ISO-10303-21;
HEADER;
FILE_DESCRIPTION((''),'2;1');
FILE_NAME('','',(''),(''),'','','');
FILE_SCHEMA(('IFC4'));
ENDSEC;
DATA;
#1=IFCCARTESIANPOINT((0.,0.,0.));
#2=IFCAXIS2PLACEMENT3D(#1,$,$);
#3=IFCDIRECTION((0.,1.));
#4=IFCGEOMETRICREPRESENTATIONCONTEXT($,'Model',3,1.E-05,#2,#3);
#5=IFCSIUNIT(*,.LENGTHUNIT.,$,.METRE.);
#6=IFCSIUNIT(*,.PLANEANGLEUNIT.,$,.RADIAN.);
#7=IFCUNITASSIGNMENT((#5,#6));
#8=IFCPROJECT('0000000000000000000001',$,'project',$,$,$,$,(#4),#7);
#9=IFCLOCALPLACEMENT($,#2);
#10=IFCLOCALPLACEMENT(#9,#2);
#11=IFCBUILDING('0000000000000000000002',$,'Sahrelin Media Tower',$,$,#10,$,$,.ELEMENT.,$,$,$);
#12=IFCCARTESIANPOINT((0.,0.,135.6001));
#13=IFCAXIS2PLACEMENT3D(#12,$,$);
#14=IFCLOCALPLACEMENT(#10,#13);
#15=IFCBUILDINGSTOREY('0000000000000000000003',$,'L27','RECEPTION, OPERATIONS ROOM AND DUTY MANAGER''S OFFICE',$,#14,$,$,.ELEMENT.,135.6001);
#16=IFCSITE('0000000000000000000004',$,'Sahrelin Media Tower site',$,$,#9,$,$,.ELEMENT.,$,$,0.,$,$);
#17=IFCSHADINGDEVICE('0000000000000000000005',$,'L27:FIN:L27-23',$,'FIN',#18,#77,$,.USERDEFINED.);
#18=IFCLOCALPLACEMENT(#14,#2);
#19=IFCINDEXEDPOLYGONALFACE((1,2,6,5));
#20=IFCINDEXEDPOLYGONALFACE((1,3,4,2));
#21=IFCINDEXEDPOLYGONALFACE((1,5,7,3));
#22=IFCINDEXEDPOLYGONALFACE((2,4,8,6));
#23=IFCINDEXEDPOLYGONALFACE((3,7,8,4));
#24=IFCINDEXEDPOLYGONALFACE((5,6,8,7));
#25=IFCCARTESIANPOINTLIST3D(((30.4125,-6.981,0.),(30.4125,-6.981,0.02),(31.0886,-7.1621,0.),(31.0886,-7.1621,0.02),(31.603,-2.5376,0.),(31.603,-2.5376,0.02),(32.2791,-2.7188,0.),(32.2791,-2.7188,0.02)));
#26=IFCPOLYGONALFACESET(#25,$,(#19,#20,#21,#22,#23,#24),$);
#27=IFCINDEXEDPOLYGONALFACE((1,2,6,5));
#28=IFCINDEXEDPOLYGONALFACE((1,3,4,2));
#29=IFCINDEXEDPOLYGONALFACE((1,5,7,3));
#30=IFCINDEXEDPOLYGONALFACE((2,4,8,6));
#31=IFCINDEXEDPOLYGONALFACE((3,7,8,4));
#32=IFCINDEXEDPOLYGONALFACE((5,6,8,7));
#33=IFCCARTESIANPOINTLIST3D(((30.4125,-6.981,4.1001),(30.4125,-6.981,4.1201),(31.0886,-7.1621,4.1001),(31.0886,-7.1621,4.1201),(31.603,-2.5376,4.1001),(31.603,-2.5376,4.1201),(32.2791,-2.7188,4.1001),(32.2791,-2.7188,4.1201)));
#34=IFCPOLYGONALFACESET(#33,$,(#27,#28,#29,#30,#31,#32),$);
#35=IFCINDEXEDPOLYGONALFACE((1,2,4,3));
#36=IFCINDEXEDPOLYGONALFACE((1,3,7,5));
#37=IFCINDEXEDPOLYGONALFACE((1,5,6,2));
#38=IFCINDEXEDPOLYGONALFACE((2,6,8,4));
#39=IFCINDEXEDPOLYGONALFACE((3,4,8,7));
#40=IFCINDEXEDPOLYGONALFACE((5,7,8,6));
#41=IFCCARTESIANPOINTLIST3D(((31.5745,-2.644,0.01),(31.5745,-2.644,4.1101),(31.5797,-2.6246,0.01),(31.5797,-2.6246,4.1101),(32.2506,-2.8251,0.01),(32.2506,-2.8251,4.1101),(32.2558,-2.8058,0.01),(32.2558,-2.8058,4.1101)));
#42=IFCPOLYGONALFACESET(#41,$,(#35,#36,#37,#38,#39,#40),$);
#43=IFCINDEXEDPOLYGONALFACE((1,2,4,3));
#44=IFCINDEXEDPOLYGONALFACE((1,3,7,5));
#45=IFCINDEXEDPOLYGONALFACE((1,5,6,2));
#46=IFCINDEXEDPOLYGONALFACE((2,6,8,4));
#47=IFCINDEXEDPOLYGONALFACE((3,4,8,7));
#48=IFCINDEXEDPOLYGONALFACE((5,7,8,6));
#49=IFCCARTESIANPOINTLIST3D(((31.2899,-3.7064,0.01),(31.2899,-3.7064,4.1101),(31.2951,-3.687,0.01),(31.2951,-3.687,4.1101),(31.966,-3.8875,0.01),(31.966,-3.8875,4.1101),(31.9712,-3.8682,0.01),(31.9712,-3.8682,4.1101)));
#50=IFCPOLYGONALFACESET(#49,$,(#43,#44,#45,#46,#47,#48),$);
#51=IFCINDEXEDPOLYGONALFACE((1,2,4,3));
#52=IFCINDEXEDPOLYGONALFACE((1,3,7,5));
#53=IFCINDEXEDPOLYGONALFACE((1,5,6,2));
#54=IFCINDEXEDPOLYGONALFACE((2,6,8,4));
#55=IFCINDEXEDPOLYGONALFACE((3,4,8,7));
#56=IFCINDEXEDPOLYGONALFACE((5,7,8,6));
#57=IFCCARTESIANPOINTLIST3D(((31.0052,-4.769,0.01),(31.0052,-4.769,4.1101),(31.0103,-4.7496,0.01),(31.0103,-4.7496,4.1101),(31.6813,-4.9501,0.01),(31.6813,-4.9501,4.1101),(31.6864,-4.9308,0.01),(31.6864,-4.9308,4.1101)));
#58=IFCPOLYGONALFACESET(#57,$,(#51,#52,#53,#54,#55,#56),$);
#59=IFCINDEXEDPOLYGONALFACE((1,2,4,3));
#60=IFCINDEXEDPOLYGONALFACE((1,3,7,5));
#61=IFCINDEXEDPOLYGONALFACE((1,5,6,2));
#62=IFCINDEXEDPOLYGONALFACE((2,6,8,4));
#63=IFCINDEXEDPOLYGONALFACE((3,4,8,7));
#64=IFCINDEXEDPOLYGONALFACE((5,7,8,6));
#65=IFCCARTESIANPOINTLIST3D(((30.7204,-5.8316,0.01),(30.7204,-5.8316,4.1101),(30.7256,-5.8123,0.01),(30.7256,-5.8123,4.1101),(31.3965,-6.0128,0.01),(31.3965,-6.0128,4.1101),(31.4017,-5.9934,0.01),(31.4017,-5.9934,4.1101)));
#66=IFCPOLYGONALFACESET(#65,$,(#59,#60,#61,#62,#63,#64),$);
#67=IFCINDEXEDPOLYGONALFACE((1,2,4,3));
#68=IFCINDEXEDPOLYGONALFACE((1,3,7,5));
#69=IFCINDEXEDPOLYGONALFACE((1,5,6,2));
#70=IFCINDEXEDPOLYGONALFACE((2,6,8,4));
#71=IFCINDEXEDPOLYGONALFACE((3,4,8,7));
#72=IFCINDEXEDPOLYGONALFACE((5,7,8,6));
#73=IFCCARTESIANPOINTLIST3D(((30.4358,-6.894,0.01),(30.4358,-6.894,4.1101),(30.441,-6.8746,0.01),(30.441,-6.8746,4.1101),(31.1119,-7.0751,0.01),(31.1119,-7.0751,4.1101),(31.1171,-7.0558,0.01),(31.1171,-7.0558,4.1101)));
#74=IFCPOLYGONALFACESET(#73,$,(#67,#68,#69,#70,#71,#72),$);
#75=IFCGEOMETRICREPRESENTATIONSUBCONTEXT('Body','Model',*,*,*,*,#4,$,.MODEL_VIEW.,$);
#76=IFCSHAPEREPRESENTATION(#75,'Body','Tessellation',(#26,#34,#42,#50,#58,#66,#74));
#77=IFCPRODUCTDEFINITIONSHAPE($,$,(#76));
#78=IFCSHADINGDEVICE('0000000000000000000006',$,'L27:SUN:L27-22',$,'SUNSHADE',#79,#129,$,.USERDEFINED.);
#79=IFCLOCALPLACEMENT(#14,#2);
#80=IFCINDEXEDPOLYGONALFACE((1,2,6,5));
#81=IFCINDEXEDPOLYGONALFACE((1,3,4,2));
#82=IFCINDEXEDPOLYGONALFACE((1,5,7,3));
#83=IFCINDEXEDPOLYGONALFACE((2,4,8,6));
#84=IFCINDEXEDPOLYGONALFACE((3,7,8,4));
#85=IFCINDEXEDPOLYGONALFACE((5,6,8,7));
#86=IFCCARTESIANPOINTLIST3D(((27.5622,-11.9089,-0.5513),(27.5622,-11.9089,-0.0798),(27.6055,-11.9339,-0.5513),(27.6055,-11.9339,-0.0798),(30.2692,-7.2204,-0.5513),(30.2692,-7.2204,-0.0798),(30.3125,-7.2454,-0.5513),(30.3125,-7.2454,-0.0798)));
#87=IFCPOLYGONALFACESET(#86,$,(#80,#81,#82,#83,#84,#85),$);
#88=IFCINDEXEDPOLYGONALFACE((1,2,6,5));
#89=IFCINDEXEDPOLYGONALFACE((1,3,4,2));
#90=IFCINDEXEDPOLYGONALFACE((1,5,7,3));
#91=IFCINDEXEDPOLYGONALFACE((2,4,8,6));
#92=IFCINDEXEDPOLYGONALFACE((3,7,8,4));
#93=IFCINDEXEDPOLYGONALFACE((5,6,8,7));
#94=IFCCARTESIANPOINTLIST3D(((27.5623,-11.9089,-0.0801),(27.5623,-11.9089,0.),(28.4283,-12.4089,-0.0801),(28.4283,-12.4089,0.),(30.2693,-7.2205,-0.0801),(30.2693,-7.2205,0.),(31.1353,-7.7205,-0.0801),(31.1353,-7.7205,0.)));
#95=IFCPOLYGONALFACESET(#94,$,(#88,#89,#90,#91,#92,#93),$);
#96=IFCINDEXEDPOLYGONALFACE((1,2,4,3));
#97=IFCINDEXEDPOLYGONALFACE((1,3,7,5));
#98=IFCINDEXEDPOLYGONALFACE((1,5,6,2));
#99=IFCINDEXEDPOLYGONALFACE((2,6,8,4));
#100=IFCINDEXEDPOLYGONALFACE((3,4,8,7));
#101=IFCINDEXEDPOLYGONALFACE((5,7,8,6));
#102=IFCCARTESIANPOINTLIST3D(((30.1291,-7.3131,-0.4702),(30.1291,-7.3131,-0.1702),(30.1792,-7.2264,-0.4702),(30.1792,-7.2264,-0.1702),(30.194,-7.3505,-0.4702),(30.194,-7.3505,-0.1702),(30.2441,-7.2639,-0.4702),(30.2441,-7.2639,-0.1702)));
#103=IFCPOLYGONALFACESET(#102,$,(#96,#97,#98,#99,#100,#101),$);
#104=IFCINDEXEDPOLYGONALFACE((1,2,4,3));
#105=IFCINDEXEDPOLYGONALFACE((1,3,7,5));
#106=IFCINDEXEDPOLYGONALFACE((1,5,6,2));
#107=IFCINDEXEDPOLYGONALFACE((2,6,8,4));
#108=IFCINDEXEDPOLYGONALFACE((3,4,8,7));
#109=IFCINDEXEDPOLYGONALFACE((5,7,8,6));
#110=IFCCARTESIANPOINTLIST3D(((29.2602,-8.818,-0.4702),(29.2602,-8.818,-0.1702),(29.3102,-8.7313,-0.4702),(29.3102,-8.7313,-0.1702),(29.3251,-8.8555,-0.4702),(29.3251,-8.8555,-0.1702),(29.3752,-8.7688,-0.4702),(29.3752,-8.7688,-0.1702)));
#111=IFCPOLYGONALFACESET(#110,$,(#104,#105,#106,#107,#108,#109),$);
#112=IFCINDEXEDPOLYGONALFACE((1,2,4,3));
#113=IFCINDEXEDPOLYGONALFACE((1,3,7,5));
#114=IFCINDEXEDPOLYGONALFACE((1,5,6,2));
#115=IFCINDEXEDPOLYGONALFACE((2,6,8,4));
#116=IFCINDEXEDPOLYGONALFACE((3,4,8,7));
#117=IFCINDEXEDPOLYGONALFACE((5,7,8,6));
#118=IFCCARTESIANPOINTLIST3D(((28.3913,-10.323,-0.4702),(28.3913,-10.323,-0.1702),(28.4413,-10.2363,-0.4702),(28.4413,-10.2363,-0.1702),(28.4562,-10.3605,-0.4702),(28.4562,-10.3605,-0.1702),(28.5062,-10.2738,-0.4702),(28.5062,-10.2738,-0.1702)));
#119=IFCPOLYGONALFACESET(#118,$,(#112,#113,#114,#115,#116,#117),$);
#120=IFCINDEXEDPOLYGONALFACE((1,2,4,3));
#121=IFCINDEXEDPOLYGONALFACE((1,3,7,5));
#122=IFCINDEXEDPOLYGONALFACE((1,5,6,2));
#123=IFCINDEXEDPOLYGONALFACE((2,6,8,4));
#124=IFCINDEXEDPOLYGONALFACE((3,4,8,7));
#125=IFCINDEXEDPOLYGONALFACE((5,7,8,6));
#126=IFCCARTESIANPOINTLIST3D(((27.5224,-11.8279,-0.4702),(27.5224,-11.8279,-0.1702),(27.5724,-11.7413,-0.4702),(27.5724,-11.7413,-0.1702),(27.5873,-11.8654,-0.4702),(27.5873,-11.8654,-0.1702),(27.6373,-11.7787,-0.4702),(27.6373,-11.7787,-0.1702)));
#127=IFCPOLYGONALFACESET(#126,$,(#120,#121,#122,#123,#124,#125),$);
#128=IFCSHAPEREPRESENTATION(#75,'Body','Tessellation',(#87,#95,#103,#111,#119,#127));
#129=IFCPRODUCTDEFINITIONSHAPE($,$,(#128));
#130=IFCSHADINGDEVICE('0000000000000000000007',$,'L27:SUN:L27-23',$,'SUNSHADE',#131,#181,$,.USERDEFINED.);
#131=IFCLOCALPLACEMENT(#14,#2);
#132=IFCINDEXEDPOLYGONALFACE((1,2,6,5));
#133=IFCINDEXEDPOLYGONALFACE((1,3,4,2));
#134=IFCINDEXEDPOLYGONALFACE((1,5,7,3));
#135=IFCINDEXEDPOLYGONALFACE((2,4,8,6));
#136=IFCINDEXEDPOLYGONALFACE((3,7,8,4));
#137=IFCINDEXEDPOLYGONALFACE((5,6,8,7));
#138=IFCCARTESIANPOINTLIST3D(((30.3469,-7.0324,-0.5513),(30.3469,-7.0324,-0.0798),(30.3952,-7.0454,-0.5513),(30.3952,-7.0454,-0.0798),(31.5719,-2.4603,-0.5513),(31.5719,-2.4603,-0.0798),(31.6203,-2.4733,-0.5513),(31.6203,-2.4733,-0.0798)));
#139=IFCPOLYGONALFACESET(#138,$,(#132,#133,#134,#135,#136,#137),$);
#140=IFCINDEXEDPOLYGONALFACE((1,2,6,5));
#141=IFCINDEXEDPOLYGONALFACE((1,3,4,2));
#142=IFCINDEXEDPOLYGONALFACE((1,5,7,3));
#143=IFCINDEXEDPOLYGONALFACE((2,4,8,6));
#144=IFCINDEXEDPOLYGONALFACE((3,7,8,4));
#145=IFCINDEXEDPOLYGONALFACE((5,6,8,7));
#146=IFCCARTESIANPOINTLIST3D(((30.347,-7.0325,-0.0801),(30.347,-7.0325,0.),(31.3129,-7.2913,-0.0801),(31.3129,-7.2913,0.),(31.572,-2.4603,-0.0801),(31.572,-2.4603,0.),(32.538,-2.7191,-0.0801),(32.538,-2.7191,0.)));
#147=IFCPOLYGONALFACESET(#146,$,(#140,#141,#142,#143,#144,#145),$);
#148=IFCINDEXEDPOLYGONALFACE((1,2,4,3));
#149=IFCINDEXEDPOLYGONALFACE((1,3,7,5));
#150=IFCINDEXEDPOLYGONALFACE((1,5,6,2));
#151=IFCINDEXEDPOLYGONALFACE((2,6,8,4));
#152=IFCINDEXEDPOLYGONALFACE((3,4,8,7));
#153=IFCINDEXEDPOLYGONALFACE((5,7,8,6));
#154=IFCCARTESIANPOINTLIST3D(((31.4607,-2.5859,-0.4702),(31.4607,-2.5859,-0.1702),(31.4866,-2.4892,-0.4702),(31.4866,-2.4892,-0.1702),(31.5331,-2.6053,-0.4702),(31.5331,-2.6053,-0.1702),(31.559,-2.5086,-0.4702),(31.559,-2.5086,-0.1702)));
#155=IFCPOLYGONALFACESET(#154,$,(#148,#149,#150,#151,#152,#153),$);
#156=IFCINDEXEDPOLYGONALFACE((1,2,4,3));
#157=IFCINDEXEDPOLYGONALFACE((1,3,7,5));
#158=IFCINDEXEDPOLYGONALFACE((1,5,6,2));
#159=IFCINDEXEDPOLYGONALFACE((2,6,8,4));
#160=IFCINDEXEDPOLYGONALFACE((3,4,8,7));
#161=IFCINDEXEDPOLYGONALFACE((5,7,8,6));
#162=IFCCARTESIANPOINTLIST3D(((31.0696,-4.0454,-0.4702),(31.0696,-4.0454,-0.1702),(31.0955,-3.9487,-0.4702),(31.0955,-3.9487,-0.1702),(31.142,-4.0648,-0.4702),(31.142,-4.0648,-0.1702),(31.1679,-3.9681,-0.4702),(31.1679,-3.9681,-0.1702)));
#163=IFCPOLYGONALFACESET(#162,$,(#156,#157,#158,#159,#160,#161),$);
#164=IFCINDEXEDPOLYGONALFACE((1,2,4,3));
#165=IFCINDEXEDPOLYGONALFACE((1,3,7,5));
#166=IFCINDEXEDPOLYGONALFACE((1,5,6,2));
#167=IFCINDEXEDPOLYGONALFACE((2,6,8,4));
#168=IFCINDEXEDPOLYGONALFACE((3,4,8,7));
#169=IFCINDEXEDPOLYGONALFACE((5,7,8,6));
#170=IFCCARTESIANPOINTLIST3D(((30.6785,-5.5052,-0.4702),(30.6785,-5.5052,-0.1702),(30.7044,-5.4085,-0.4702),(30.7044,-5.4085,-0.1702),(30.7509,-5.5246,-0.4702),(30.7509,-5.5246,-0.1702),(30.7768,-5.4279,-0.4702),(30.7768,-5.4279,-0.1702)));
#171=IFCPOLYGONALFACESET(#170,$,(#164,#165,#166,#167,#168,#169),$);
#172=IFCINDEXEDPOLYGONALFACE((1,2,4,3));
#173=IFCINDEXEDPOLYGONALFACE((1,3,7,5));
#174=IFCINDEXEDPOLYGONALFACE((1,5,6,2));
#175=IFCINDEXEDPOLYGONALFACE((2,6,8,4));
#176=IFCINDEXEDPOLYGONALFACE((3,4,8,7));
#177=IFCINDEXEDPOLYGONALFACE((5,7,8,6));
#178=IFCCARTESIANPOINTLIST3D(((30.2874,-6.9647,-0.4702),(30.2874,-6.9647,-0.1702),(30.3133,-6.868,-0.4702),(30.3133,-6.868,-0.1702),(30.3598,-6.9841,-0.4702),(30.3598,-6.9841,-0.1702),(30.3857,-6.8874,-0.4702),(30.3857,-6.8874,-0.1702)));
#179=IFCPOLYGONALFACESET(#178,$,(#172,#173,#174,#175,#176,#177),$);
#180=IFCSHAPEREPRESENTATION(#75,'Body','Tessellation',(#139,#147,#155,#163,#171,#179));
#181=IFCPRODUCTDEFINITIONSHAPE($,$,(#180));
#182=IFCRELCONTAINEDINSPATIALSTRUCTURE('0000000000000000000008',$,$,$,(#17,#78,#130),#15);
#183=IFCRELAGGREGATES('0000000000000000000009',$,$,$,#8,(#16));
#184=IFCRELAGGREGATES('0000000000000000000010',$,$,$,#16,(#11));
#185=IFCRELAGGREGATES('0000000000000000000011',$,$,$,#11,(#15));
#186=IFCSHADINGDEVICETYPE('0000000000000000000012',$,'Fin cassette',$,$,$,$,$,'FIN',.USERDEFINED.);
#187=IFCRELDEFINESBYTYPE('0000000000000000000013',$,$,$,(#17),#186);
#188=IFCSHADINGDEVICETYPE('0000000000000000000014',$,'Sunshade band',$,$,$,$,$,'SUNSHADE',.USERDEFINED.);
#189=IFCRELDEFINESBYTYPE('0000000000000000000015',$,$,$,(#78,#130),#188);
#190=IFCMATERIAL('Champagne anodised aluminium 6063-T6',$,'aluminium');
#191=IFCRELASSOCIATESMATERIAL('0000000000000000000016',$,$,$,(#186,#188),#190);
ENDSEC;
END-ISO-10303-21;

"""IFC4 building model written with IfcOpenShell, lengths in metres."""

from ifc_helpers import new_model, si_unit, direction, frame, origin, origin_2d, place, context, subcontext, project, spatial, rectangle, extrude, material, type_object, element, save


model = new_model("IFC4")

# Units and contexts
model_context = context("Model", 3, precision=1e-05, world=origin(), true_north=direction((0.0, 1.0)))
body_context = subcontext(model_context, "Body", "Model", "MODEL_VIEW")
ifc_project = project(units=[si_unit("LENGTHUNIT", "METRE"), si_unit("PLANEANGLEUNIT", "RADIAN")], contexts=[model_context])

# Site, building, storey
site_placement = place(None, origin())
site = spatial("IfcSite", under=ifc_project, at=site_placement, Name="Sahrelin Media Tower site", CompositionType="ELEMENT", RefElevation=0.0)
building_placement = place(site_placement, origin())
building = spatial("IfcBuilding", under=site, at=building_placement, Name="Sahrelin Media Tower", CompositionType="ELEMENT")
storey_placement = place(building_placement, frame((0.0, 0.0, 135.6001)))
storey = spatial("IfcBuildingStorey", under=building, at=storey_placement, Name="L27", Description="RECEPTION, OPERATIONS ROOM AND DUTY MANAGER'S OFFICE", CompositionType="ELEMENT", Elevation=135.6001)

# Shared definitions
ifc_material_1 = material(Name="Champagne anodised aluminium 6063-T6", Category="aluminium")

# Shading devices
shading_device_type_1 = type_object("IfcShadingDeviceType", Name="Fin cassette", ElementType="FIN", PredefinedType="USERDEFINED", material=ifc_material_1)
placement_1 = place(storey_placement, frame((28.8984, -9.5547, 0.0), z_axis=(0.0, 0.0, 1.0), x_axis=(-0.500011, -0.866019, 0.0)))
placement_2 = place(storey_placement, frame((30.9402, -4.7412, 0.0), z_axis=(0.0, 0.0, 1.0), x_axis=(-0.258808, -0.965929, 0.0)))
element("IfcShadingDevice", 1, at=placement_2, inside=storey, type_object=shading_device_type_1, Name="L27:FIN:L27-23", ObjectType="FIN", PredefinedType="USERDEFINED", context=body_context, shape_type="SweptSolid", body=[
    extrude(rectangle(XDim=4.6001, YDim=0.7, at=origin_2d()), frame((0.0, 0.4199, 0.0)), (0.0, 0.0, 1.0), 0.02),
    extrude(rectangle(XDim=4.6001, YDim=0.7, at=origin_2d()), frame((0.0, 0.4199, 4.1001)), (0.0, 0.0, 1.0), 0.02),
    extrude(rectangle(XDim=0.02, YDim=0.7, at=origin_2d()), frame((-2.2, 0.4199, 0.01), z_axis=(0.0, 0.0, 1.0), x_axis=(1.0, 0.0, 0.0)), (0.0, 0.0, 1.0), 4.1001),
    extrude(rectangle(XDim=0.02, YDim=0.7, at=origin_2d()), frame((-1.1001, 0.4199, 0.01), z_axis=(0.0, 0.0, 1.0), x_axis=(1.0, 0.0, 0.0)), (0.0, 0.0, 1.0), 4.1001),
    extrude(rectangle(XDim=0.02, YDim=0.7, at=origin_2d()), frame((0.0, 0.4199, 0.01), z_axis=(0.0, 0.0, 1.0), x_axis=(1.0, 0.0, 0.0)), (0.0, 0.0, 1.0), 4.1001),
    extrude(rectangle(XDim=0.02, YDim=0.7, at=origin_2d()), frame((1.1001, 0.4199, 0.01), z_axis=(0.0, 0.0, 1.0), x_axis=(1.0, 0.0, 0.0)), (0.0, 0.0, 1.0), 4.1001),
    extrude(rectangle(XDim=0.02, YDim=0.7, at=origin_2d()), frame((2.2, 0.4199, 0.01), z_axis=(0.0, 0.0, 1.0), x_axis=(1.0, 0.0, 0.0)), (0.0, 0.0, 1.0), 4.1001),
])
shading_device_type_2 = type_object("IfcShadingDeviceType", Name="Sunshade band", ElementType="SUNSHADE", PredefinedType="USERDEFINED", material=ifc_material_1)
element("IfcShadingDevice", 2, at=placement_1, inside=storey, type_object=shading_device_type_2, Name="L27:SUN:L27-22", ObjectType="SUNSHADE", PredefinedType="USERDEFINED", context=body_context, shape_type="SweptSolid", body=[
    extrude(rectangle(XDim=5.4138, YDim=0.05, at=origin_2d()), frame((0.0, 0.0449, -0.5513)), (0.0, 0.0, 1.0), 0.4714),
    extrude(rectangle(XDim=5.4138, YDim=1.0, at=origin_2d()), frame((0.0, 0.52, -0.0801)), (0.0, 0.0, 1.0), 0.0801),
    extrude(rectangle(XDim=0.1001, YDim=0.075, at=origin_2d()), frame((-2.6067, -0.0176, -0.4702)), (0.0, 0.0, 1.0), 0.3),
    extrude(rectangle(XDim=0.1001, YDim=0.075, at=origin_2d()), frame((-0.8689, -0.0176, -0.4702)), (0.0, 0.0, 1.0), 0.3),
    extrude(rectangle(XDim=0.1001, YDim=0.075, at=origin_2d()), frame((0.8689, -0.0176, -0.4702)), (0.0, 0.0, 1.0), 0.3),
    extrude(rectangle(XDim=0.1001, YDim=0.075, at=origin_2d()), frame((2.6067, -0.0176, -0.4702)), (0.0, 0.0, 1.0), 0.3),
])
element("IfcShadingDevice", 3, at=placement_2, inside=storey, type_object=shading_device_type_2, Name="L27:SUN:L27-23", ObjectType="SUNSHADE", PredefinedType="USERDEFINED", context=body_context, shape_type="SweptSolid", body=[
    extrude(rectangle(XDim=4.7334, YDim=0.05, at=origin_2d()), frame((0.0, 0.0449, -0.5513)), (0.0, 0.0, 1.0), 0.4714),
    extrude(rectangle(XDim=4.7334, YDim=1.0, at=origin_2d()), frame((0.0, 0.52, -0.0801)), (0.0, 0.0, 1.0), 0.0801),
    extrude(rectangle(XDim=0.1001, YDim=0.075, at=origin_2d()), frame((-2.2666, -0.0176, -0.4702)), (0.0, 0.0, 1.0), 0.3),
    extrude(rectangle(XDim=0.1001, YDim=0.075, at=origin_2d()), frame((-0.7556, -0.0176, -0.4702)), (0.0, 0.0, 1.0), 0.3),
    extrude(rectangle(XDim=0.1001, YDim=0.075, at=origin_2d()), frame((0.7556, -0.0176, -0.4702)), (0.0, 0.0, 1.0), 0.3),
    extrude(rectangle(XDim=0.1001, YDim=0.075, at=origin_2d()), frame((2.2666, -0.0176, -0.4702)), (0.0, 0.0, 1.0), 0.3),
])

save(model, "model.ifc")
